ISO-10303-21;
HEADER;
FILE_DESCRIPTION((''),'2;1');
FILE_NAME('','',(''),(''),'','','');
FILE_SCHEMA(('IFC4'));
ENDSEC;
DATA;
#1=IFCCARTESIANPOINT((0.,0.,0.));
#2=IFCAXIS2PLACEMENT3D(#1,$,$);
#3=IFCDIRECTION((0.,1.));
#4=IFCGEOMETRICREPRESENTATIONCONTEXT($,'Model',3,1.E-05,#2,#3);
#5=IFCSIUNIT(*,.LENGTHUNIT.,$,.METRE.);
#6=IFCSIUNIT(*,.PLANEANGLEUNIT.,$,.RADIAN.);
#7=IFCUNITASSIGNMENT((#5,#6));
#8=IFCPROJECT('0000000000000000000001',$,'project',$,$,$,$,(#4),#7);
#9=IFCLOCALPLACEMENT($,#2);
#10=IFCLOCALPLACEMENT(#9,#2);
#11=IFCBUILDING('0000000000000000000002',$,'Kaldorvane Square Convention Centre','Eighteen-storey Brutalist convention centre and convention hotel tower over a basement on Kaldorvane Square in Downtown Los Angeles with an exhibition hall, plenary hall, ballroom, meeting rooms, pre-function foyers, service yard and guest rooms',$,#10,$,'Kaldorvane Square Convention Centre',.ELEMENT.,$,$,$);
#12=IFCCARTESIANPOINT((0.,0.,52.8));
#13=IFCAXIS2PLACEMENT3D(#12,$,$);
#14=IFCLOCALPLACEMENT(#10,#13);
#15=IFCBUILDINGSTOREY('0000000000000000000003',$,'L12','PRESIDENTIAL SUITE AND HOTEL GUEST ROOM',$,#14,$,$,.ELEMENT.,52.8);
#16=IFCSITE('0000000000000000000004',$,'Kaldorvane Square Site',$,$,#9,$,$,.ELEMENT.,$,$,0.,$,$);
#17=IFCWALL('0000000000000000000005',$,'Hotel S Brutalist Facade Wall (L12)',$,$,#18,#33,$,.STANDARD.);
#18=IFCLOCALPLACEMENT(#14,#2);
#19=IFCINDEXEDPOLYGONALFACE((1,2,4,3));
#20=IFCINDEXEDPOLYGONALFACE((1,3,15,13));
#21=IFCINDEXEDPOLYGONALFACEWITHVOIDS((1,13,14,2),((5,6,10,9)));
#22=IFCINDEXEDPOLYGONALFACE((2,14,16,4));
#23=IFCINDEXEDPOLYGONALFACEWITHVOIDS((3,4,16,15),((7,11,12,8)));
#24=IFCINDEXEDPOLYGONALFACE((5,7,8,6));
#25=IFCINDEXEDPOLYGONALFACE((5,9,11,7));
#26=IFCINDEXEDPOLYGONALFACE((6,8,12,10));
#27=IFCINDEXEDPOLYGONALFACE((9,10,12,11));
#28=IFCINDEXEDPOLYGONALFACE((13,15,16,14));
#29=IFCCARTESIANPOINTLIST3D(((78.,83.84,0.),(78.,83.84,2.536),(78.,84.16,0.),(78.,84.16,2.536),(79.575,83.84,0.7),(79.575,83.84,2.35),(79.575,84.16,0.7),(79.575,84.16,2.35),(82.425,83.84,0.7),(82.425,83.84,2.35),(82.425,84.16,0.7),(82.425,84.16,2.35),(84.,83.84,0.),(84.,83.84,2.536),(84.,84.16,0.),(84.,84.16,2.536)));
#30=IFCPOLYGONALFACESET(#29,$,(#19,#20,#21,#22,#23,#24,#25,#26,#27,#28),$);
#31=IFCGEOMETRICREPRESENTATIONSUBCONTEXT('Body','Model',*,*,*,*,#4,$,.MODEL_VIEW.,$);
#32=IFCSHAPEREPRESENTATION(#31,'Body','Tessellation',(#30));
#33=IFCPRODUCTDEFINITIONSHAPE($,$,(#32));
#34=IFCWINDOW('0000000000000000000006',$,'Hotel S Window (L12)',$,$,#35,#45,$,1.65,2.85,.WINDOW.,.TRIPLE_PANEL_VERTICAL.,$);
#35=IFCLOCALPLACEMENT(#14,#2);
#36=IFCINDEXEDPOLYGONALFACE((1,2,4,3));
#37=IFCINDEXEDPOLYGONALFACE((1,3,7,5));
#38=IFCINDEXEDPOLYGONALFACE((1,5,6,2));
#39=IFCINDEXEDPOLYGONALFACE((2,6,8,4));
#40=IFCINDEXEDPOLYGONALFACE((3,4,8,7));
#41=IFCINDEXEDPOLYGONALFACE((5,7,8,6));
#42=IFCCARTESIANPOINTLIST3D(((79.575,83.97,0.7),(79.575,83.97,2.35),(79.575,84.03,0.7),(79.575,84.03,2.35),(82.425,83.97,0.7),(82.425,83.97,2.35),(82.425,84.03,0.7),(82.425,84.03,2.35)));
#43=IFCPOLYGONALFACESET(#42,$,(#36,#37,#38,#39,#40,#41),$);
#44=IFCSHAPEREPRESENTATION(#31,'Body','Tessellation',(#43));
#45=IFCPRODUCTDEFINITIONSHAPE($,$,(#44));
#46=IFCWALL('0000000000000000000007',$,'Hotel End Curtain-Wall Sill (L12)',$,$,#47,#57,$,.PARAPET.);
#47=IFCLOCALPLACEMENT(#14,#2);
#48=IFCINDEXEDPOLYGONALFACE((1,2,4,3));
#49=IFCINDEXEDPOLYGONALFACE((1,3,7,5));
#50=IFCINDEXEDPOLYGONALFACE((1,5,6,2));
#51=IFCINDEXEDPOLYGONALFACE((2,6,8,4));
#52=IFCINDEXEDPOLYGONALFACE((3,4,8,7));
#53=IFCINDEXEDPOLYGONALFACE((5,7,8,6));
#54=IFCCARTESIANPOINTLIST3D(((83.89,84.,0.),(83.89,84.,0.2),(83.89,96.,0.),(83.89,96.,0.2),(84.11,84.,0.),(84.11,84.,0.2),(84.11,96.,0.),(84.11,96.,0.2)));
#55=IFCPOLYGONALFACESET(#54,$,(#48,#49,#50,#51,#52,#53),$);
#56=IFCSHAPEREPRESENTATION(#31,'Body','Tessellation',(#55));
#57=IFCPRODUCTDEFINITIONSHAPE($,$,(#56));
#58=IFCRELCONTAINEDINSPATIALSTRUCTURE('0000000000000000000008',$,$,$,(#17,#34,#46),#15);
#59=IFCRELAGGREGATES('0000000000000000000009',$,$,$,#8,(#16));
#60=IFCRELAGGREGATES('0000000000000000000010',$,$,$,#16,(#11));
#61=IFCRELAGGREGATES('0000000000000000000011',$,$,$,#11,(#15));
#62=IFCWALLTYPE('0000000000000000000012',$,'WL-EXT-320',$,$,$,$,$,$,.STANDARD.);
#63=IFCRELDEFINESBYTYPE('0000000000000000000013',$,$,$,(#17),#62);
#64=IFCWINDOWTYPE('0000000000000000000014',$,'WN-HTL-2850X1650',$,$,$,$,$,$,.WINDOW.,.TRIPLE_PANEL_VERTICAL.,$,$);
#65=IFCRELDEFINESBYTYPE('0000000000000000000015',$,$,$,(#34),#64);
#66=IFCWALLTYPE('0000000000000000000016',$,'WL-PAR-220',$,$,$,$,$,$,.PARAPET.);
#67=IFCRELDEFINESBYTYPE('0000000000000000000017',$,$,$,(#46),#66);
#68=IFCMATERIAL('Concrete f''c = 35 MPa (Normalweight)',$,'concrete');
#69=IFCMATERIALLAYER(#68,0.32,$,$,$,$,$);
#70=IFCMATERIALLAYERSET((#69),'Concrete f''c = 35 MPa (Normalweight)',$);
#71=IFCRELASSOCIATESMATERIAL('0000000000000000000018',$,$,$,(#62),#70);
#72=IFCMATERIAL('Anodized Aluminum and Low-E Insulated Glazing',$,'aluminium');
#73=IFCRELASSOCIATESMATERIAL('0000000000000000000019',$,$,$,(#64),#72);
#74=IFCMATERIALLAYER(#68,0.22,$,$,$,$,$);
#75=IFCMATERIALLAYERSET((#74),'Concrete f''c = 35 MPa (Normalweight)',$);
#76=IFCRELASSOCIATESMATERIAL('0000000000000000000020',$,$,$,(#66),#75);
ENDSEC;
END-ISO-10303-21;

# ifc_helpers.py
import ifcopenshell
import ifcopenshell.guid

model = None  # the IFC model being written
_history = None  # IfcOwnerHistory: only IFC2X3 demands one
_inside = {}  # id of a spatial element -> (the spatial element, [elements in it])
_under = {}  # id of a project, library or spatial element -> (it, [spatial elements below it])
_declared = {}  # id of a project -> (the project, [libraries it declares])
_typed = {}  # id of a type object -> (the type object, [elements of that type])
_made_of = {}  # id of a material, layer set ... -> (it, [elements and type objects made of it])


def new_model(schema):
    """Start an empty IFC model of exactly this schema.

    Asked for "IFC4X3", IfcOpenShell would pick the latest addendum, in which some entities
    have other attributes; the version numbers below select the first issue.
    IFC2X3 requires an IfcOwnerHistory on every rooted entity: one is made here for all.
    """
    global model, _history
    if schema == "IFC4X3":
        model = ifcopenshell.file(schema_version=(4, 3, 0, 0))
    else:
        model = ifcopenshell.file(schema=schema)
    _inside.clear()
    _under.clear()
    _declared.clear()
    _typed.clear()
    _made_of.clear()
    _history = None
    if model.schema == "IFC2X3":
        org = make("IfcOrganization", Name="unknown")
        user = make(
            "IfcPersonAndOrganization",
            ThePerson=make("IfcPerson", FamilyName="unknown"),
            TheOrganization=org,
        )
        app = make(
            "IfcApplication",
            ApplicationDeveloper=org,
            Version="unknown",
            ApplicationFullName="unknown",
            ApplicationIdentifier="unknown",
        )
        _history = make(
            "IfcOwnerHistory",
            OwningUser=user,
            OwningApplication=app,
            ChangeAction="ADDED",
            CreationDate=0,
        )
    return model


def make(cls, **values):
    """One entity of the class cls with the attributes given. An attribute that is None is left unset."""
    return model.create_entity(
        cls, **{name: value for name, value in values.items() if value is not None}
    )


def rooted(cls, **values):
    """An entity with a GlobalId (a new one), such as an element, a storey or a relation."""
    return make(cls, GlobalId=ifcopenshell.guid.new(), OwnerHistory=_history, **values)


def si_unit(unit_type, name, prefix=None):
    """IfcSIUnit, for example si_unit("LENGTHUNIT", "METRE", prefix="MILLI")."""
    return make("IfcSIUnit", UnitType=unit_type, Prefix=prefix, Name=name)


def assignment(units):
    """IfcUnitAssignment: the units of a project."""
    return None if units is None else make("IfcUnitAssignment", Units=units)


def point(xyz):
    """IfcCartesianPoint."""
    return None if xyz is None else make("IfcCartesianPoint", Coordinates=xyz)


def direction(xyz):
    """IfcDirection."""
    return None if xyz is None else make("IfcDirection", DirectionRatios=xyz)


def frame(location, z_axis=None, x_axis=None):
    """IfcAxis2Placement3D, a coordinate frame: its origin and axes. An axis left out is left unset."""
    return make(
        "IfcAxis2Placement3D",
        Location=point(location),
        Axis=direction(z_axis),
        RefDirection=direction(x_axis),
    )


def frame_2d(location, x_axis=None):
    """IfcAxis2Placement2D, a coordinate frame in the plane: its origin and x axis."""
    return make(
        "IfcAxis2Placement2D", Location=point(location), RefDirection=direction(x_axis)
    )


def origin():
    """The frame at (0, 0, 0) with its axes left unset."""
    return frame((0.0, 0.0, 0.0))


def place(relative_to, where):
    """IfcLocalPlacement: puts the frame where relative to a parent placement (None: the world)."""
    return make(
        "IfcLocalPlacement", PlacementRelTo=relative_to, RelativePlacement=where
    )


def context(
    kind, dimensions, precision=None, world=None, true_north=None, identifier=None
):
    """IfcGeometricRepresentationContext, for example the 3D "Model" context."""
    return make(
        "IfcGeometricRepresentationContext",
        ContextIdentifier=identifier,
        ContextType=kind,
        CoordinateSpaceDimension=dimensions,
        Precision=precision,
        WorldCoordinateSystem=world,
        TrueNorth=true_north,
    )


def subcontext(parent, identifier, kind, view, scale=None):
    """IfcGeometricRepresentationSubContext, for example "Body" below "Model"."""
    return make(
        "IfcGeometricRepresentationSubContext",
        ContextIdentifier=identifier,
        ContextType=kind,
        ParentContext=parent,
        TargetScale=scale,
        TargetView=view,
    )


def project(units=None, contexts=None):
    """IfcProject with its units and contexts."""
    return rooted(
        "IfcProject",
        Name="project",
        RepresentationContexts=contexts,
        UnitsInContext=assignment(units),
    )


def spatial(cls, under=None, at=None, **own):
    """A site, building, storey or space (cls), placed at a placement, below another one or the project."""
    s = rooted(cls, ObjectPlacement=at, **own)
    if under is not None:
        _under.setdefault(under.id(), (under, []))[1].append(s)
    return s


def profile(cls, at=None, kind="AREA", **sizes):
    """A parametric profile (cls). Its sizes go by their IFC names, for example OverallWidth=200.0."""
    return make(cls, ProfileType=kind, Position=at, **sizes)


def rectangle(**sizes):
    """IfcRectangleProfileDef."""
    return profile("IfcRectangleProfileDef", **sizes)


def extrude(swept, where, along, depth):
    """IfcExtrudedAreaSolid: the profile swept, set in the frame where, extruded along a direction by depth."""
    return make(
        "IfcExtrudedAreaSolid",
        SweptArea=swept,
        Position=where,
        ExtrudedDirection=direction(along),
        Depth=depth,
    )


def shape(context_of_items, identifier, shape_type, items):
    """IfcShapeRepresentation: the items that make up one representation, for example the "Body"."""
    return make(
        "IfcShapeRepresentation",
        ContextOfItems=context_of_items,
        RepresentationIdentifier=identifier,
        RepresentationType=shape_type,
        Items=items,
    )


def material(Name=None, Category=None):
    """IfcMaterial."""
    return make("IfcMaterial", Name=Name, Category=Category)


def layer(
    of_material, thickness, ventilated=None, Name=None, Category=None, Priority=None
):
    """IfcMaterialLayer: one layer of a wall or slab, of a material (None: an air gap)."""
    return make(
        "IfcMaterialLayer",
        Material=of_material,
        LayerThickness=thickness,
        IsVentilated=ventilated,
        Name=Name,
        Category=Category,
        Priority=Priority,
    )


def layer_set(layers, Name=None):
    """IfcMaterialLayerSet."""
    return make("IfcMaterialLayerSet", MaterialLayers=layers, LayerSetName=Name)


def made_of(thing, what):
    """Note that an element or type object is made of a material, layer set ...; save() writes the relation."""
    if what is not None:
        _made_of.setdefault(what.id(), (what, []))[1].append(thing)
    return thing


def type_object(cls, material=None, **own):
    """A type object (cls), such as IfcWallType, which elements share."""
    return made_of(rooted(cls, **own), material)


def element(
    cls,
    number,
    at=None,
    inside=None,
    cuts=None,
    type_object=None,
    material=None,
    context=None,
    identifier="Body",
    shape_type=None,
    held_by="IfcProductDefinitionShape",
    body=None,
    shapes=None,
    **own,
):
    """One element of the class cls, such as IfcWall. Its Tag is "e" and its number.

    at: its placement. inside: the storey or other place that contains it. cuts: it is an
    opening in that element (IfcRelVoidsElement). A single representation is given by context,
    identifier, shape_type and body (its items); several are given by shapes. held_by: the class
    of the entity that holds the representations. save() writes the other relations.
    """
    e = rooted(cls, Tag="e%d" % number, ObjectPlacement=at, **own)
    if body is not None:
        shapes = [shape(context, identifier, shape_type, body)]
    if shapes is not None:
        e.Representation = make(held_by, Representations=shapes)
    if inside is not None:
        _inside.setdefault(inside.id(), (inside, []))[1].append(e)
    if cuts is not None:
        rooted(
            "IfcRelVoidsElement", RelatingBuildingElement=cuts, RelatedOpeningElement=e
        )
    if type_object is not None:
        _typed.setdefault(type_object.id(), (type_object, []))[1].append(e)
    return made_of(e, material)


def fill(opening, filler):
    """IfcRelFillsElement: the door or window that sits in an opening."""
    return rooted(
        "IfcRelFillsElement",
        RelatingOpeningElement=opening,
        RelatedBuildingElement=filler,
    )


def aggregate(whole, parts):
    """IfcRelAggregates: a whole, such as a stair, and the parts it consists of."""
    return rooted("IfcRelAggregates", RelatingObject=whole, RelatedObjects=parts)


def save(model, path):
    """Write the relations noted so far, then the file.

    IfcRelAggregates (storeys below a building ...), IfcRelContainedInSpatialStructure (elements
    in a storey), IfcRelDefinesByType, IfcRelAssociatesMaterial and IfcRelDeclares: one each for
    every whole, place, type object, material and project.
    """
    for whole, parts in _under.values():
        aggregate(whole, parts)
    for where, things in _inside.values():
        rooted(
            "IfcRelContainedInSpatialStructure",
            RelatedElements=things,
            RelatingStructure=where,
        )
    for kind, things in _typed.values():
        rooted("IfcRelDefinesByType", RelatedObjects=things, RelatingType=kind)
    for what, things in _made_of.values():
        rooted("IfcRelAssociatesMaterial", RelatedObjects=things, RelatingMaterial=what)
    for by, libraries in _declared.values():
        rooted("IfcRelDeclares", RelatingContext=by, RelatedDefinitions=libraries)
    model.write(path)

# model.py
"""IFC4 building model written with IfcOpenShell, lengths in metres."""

from ifc_helpers import new_model, si_unit, direction, frame, frame_2d, origin, place, context, subcontext, project, spatial, rectangle, extrude, material, layer, layer_set, type_object, element, fill, save


model = new_model("IFC4")

# Units and contexts
model_context = context("Model", 3, precision=1e-05, world=origin(), true_north=direction((0.0, 1.0)))
body_context = subcontext(model_context, "Body", "Model", "MODEL_VIEW")
ifc_project = project(units=[si_unit("LENGTHUNIT", "METRE"), si_unit("PLANEANGLEUNIT", "RADIAN")], contexts=[model_context])

# Site, building, storey
site_placement = place(None, origin())
site = spatial("IfcSite", under=ifc_project, at=site_placement, Name="Kaldorvane Square Site", CompositionType="ELEMENT", RefElevation=0.0)
building_placement = place(site_placement, origin())
building = spatial("IfcBuilding", under=site, at=building_placement, Name="Kaldorvane Square Convention Centre", Description="Eighteen-storey Brutalist convention centre and convention hotel tower over a basement on Kaldorvane Square in Downtown Los Angeles with an exhibition hall, plenary hall, ballroom, meeting rooms, pre-function foyers, service yard and guest rooms", LongName="Kaldorvane Square Convention Centre", CompositionType="ELEMENT")
storey_placement = place(building_placement, frame((0.0, 0.0, 52.8)))
storey = spatial("IfcBuildingStorey", under=building, at=storey_placement, Name="L12", Description="PRESIDENTIAL SUITE AND HOTEL GUEST ROOM", CompositionType="ELEMENT", Elevation=52.8)

# Shared definitions
ifc_material_1 = material(Name="Concrete f'c = 35 MPa (Normalweight)", Category="concrete")
ifc_layer_1 = layer(ifc_material_1, 0.32)
ifc_layer_set_1 = layer_set([ifc_layer_1], Name="Concrete f'c = 35 MPa (Normalweight)")
wall_type_1 = type_object("IfcWallType", Name="WL-EXT-320", PredefinedType="STANDARD", material=ifc_layer_set_1)
ifc_material_2 = material(Name="Anodized Aluminum and Low-E Insulated Glazing", Category="aluminium")
window_type_1 = type_object("IfcWindowType", Name="WN-HTL-2850X1650", PartitioningType="TRIPLE_PANEL_VERTICAL", PredefinedType="WINDOW", material=ifc_material_2)

# Wall, opening, window
wall_1_placement = place(storey_placement, frame((78.0, 84.0, 0.0), z_axis=(0.0, 0.0, 1.0), x_axis=(1.0, 0.0, 0.0)))
wall_1 = element("IfcWall", 1, at=wall_1_placement, inside=storey, type_object=wall_type_1, Name="Hotel S Brutalist Facade Wall (L12)", PredefinedType="STANDARD", context=body_context, shape_type="SweptSolid", body=[
    extrude(rectangle(XDim=6.0, YDim=0.32, at=frame_2d((3.0, 0.0))), origin(), (0.0, 0.0, 1.0), 2.536),
])
opening_1_placement = place(wall_1_placement, frame((1.575, 0.0, 0.7)))
opening_1 = element("IfcOpeningElement", 2, at=opening_1_placement, cuts=wall_1, PredefinedType="OPENING", context=body_context, shape_type="SweptSolid", body=[
    extrude(rectangle(XDim=2.85, YDim=1.65, at=frame_2d((1.425, 0.825))), frame((0.0, 0.175, 0.0), z_axis=(0.0, -1.0, 0.0), x_axis=(1.0, 0.0, 0.0)), (0.0, 0.0, 1.0), 0.35),
])
window_1_placement = place(opening_1_placement, origin())
window_1 = element("IfcWindow", 3, at=window_1_placement, inside=storey, type_object=window_type_1, Name="Hotel S Window (L12)", OverallHeight=1.65, OverallWidth=2.85, PartitioningType="TRIPLE_PANEL_VERTICAL", PredefinedType="WINDOW", context=body_context, shape_type="SweptSolid", body=[
    extrude(rectangle(XDim=2.85, YDim=1.65, at=frame_2d((1.425, 0.825))), frame((0.0, 0.03, 0.0), z_axis=(0.0, -1.0, 0.0), x_axis=(1.0, 0.0, 0.0)), (0.0, 0.0, 1.0), 0.06),
])
fill(opening_1, window_1)

# Wall
ifc_layer_2 = layer(ifc_material_1, 0.22)
ifc_layer_set_2 = layer_set([ifc_layer_2], Name="Concrete f'c = 35 MPa (Normalweight)")
wall_type_2 = type_object("IfcWallType", Name="WL-PAR-220", PredefinedType="PARAPET", material=ifc_layer_set_2)
wall_2_placement = place(storey_placement, frame((84.0, 84.0, 0.0), z_axis=(0.0, 0.0, 1.0), x_axis=(0.0, 1.0, 0.0)))
element("IfcWall", 4, at=wall_2_placement, inside=storey, type_object=wall_type_2, Name="Hotel End Curtain-Wall Sill (L12)", PredefinedType="PARAPET", context=body_context, shape_type="SweptSolid", body=[
    extrude(rectangle(XDim=12.0, YDim=0.22, at=frame_2d((6.0, 0.0))), origin(), (0.0, 0.0, 1.0), 0.2),
])

save(model, "model.ifc")
